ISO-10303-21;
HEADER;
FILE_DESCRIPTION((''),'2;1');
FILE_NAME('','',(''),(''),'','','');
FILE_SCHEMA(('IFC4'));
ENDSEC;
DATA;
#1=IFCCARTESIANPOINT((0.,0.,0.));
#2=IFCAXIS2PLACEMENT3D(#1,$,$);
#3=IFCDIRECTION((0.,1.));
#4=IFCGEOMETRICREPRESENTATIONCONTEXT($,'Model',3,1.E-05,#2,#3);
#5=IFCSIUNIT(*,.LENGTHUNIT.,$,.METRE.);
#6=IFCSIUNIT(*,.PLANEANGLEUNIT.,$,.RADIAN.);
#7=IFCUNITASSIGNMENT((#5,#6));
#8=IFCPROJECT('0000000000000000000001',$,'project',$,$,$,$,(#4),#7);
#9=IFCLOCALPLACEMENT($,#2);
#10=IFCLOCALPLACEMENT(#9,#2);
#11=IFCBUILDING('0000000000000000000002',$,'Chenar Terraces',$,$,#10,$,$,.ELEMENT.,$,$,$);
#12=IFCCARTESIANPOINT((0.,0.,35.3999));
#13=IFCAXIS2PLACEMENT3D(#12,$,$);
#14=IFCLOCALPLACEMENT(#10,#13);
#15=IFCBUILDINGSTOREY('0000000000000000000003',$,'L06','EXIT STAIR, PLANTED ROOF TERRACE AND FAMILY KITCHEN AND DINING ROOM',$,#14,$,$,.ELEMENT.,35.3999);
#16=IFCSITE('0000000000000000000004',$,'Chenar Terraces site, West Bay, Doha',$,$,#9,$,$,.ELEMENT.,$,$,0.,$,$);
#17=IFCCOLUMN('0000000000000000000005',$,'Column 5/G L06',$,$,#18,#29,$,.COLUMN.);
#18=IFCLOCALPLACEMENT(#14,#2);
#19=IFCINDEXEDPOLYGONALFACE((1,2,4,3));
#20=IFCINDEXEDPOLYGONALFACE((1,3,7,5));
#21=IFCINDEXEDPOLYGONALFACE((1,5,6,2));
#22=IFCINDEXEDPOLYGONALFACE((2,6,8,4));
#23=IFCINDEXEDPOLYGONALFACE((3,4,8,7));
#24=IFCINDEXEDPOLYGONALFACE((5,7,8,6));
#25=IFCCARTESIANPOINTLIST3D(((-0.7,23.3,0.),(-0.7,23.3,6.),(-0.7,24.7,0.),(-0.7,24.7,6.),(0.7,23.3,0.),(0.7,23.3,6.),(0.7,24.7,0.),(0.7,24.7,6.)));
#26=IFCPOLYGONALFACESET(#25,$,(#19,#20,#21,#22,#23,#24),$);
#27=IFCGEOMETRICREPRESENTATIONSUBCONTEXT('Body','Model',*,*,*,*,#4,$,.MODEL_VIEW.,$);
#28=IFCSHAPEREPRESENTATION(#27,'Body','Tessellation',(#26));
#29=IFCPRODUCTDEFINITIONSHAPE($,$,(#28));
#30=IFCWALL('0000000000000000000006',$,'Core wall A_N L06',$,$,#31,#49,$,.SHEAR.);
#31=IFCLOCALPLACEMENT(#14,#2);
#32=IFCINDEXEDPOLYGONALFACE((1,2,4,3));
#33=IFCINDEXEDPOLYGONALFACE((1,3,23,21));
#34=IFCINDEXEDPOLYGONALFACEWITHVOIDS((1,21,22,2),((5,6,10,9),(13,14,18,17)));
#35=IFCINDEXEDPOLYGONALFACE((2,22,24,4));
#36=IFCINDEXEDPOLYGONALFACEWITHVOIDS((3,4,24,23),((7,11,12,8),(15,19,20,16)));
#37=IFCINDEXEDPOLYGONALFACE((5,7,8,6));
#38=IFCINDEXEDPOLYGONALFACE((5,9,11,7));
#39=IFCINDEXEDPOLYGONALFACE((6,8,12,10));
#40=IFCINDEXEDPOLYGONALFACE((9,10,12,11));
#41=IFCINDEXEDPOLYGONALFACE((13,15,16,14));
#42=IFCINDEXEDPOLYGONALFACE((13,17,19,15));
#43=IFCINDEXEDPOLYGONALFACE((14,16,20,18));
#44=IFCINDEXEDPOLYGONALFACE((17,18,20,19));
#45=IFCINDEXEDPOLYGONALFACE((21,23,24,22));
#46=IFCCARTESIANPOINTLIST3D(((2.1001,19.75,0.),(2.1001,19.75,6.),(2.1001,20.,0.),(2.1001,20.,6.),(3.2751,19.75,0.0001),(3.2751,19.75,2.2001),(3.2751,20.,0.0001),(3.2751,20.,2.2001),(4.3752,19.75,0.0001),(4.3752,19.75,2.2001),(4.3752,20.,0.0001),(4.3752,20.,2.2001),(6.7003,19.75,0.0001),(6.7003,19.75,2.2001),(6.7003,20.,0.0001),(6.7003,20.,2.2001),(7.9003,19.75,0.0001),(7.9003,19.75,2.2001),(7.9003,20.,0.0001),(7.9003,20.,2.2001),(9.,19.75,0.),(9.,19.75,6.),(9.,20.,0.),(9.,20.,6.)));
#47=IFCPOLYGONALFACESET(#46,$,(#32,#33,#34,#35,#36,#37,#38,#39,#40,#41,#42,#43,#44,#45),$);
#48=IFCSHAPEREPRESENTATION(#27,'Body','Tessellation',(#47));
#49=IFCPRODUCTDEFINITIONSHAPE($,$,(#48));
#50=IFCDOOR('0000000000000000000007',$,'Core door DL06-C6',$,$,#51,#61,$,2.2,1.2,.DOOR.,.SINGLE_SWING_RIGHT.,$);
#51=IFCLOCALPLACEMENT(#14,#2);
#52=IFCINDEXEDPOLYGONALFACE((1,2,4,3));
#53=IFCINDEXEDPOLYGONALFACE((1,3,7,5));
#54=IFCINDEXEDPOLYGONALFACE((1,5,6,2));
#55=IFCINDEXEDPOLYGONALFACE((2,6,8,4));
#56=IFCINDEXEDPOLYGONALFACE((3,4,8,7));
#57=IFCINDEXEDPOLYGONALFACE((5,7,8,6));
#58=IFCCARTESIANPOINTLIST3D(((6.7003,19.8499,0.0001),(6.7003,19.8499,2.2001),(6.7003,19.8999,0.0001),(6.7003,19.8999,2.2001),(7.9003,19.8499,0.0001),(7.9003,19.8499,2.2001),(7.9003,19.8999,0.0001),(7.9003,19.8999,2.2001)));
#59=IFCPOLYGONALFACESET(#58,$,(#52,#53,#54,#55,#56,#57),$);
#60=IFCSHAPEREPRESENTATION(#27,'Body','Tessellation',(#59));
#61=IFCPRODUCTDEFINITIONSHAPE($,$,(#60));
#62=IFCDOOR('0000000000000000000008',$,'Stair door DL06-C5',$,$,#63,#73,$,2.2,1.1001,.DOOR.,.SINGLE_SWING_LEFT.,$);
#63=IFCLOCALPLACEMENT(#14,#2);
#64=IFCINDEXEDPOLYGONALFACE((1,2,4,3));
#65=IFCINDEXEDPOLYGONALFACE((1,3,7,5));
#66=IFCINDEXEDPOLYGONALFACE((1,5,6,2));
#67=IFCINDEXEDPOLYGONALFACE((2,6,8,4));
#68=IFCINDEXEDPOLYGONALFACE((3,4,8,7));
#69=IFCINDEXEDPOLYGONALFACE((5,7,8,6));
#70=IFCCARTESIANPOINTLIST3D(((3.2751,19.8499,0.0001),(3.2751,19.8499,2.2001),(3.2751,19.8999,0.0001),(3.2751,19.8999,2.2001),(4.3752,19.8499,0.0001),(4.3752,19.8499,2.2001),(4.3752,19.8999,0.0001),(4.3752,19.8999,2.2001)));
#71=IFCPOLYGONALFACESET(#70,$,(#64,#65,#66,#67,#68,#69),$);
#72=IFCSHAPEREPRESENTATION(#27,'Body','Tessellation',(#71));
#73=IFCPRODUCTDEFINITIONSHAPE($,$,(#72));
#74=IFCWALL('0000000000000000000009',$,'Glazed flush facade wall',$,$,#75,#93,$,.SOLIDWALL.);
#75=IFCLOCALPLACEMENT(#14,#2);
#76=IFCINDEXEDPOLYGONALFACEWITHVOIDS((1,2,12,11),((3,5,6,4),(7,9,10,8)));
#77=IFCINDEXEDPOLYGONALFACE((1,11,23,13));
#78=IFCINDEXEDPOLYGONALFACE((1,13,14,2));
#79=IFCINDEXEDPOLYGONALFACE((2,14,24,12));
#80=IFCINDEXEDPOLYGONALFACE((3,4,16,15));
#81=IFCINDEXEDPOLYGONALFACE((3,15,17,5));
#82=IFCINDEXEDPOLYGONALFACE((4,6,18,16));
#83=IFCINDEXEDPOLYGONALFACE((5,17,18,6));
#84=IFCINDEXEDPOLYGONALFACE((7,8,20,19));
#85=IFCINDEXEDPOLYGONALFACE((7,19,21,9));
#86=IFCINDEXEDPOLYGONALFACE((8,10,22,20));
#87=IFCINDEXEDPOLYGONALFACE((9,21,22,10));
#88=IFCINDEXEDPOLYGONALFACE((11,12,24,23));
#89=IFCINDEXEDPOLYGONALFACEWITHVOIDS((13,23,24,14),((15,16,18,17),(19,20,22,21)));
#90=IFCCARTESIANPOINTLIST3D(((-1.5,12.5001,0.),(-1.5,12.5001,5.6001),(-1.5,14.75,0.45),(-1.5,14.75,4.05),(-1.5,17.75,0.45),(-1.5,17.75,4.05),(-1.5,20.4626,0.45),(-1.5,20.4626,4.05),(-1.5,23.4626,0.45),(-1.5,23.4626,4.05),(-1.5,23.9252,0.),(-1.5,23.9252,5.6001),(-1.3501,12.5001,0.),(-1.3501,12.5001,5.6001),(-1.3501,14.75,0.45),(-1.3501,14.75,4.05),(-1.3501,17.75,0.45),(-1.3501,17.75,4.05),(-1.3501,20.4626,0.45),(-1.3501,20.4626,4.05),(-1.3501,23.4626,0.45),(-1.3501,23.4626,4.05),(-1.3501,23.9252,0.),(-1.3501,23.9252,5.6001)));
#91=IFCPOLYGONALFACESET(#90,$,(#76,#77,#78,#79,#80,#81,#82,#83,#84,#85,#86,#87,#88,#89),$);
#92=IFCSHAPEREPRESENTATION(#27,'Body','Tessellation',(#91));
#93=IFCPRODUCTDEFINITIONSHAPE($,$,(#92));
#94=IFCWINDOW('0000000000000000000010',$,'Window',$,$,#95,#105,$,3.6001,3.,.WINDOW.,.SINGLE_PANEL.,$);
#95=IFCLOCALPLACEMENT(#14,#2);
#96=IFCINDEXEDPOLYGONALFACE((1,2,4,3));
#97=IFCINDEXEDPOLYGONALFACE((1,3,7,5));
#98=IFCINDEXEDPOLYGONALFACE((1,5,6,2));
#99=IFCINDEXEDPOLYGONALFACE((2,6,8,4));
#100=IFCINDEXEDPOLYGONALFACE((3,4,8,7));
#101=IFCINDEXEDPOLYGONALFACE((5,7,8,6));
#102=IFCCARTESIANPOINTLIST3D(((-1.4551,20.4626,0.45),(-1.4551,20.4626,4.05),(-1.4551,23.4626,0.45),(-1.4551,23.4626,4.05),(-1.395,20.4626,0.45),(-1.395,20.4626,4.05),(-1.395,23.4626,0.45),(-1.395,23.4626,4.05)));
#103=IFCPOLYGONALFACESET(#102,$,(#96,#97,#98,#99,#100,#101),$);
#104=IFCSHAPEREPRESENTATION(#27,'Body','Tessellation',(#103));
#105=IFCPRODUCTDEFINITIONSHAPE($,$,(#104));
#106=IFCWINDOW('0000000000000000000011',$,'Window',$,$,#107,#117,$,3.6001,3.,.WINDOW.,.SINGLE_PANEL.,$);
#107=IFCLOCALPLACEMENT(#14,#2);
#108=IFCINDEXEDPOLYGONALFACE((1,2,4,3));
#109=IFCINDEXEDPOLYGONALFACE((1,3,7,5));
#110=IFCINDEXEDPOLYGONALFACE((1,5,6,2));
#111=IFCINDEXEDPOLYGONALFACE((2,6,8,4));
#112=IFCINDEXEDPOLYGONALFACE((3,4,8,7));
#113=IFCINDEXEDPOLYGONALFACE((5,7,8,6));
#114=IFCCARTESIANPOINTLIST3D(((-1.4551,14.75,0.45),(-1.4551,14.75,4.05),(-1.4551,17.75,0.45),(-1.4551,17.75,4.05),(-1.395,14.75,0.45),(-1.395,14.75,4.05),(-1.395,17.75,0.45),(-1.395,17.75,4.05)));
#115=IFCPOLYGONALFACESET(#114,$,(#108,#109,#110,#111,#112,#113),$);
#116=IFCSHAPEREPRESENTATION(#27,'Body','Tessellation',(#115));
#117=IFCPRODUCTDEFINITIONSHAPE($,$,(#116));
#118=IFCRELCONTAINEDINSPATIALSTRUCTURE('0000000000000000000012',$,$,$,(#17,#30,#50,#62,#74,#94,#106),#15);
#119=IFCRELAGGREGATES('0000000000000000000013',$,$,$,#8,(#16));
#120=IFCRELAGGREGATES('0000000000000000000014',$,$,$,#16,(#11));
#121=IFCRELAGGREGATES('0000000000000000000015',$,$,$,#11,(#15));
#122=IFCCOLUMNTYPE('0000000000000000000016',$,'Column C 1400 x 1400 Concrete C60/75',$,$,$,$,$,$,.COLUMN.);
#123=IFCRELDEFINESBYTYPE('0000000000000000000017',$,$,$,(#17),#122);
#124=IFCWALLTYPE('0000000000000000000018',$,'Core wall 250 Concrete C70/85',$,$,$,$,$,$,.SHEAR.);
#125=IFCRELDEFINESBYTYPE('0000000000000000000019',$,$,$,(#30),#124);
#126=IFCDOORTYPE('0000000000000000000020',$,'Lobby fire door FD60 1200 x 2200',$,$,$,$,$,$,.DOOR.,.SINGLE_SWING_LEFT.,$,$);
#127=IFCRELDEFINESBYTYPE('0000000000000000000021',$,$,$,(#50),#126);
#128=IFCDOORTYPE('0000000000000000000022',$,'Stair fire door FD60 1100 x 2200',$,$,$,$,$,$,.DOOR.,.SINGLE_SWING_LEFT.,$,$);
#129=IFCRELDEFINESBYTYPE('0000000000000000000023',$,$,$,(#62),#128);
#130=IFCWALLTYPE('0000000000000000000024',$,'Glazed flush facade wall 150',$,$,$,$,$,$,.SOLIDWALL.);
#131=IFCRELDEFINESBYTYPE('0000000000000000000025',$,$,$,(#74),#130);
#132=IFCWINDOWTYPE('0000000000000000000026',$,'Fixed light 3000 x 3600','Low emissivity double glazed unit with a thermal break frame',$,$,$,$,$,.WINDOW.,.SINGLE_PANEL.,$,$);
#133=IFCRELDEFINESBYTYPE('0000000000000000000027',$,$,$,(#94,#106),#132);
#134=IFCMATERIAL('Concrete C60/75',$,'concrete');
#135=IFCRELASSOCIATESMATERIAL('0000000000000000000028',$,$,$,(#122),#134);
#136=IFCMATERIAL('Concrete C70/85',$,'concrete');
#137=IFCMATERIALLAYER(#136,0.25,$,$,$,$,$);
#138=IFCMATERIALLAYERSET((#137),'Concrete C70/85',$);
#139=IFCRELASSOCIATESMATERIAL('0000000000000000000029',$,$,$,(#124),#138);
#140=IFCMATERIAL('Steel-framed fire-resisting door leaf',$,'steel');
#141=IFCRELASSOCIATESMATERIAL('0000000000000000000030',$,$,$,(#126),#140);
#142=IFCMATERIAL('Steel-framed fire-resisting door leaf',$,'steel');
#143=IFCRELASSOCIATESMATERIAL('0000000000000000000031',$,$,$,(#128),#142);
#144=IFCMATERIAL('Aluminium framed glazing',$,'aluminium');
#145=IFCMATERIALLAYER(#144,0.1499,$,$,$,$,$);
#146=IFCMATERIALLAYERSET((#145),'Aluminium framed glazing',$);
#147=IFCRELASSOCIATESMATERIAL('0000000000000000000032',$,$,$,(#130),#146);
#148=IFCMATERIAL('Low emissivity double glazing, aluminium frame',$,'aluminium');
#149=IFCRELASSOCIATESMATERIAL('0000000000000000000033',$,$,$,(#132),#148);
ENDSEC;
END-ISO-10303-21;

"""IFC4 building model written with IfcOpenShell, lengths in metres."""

from ifc_helpers import new_model, si_unit, direction, frame, frame_2d, origin, origin_2d, place, context, subcontext, project, spatial, rectangle, extrude, material, layer, layer_set, material_profile, profile_set, type_object, element, fill, save


model = new_model("IFC4")

# Units and contexts
model_context = context("Model", 3, precision=1e-05, world=origin(), true_north=direction((0.0, 1.0)))
body_context = subcontext(model_context, "Body", "Model", "MODEL_VIEW")
ifc_project = project(units=[si_unit("LENGTHUNIT", "METRE"), si_unit("PLANEANGLEUNIT", "RADIAN")], contexts=[model_context])

# Site, building, storey
site_placement = place(None, origin())
site = spatial("IfcSite", under=ifc_project, at=site_placement, Name="Chenar Terraces site, West Bay, Doha", CompositionType="ELEMENT", RefElevation=0.0)
building_placement = place(site_placement, origin())
building = spatial("IfcBuilding", under=site, at=building_placement, Name="Chenar Terraces", CompositionType="ELEMENT")
storey_placement = place(building_placement, frame((0.0, 0.0, 35.3999)))
storey = spatial("IfcBuildingStorey", under=building, at=storey_placement, Name="L06", Description="EXIT STAIR, PLANTED ROOF TERRACE AND FAMILY KITCHEN AND DINING ROOM", CompositionType="ELEMENT", Elevation=35.3999)

# Column
ifc_material_1 = material(Name="Concrete C60/75", Category="concrete")
ifc_material_profile_1 = material_profile(ifc_material_1, rectangle(XDim=1.3999, YDim=1.3999, at=origin_2d()), Name="C 1400 x 1400")
ifc_profile_set_1 = profile_set([ifc_material_profile_1], Name="Concrete C60/75")
column_type = type_object("IfcColumnType", Name="Column C 1400 x 1400 Concrete C60/75", PredefinedType="COLUMN", material=ifc_profile_set_1)
placement = place(storey_placement, frame((0.0, 24.0, 0.0), z_axis=(0.0, 0.0, 1.0), x_axis=(1.0, 0.0, 0.0)))
element("IfcColumn", 1, at=placement, inside=storey, type_object=column_type, Name="Column 5/G L06", PredefinedType="COLUMN", context=body_context, shape_type="SweptSolid", body=[
    extrude(rectangle(XDim=1.3999, YDim=1.3999, at=origin_2d()), origin(), (0.0, 0.0, 1.0), 6.0),
])

# Wall, openings, doors
ifc_material_2 = material(Name="Concrete C70/85", Category="concrete")
ifc_layer_1 = layer(ifc_material_2, 0.25)
ifc_layer_set_1 = layer_set([ifc_layer_1], Name="Concrete C70/85")
wall_type_1 = type_object("IfcWallType", Name="Core wall 250 Concrete C70/85", PredefinedType="SHEAR", material=ifc_layer_set_1)
wall_1_placement = place(storey_placement, frame((2.1001, 19.875, 0.0), z_axis=(0.0, 0.0, 1.0), x_axis=(1.0, 0.0, 0.0)))
wall_1 = element("IfcWall", 2, at=wall_1_placement, inside=storey, type_object=wall_type_1, Name="Core wall A_N L06", PredefinedType="SHEAR", context=body_context, shape_type="SweptSolid", body=[
    extrude(rectangle(XDim=6.8999, YDim=0.25, at=frame_2d((3.45, 0.0))), origin(), (0.0, 0.0, 1.0), 6.0),
])
opening_1_placement = place(wall_1_placement, frame((1.175, 0.0, 0.0)))
opening_1 = element("IfcOpeningElement", 3, at=opening_1_placement, cuts=wall_1, PredefinedType="OPENING", context=body_context, shape_type="SweptSolid", body=[
    extrude(rectangle(XDim=1.1001, YDim=2.2, at=frame_2d((0.55, 1.1001))), frame((0.0, 0.135, 0.0), z_axis=(0.0, -1.0, 0.0), x_axis=(1.0, 0.0, 0.0)), (0.0, 0.0, 1.0), 0.27),
])
opening_2_placement = place(wall_1_placement, frame((4.6001, 0.0, 0.0)))
opening_2 = element("IfcOpeningElement", 4, at=opening_2_placement, cuts=wall_1, PredefinedType="OPENING", context=body_context, shape_type="SweptSolid", body=[
    extrude(rectangle(XDim=1.2, YDim=2.2, at=frame_2d((0.6001, 1.1001))), frame((0.0, 0.135, 0.0), z_axis=(0.0, -1.0, 0.0), x_axis=(1.0, 0.0, 0.0)), (0.0, 0.0, 1.0), 0.27),
])
ifc_material_3 = material(Name="Steel-framed fire-resisting door leaf", Category="steel")
door_type_1 = type_object("IfcDoorType", Name="Lobby fire door FD60 1200 x 2200", OperationType="SINGLE_SWING_LEFT", PredefinedType="DOOR", material=ifc_material_3)
door_1_placement = place(opening_2_placement, origin())
door_1 = element("IfcDoor", 5, at=door_1_placement, inside=storey, type_object=door_type_1, Name="Core door DL06-C6", OperationType="SINGLE_SWING_RIGHT", OverallHeight=2.2, OverallWidth=1.2, PredefinedType="DOOR", context=body_context, shape_type="SweptSolid", body=[
    extrude(rectangle(XDim=1.2, YDim=2.2, at=frame_2d((0.6001, 1.1001))), frame((0.0, 0.0249, 0.0), z_axis=(0.0, -1.0, 0.0), x_axis=(1.0, 0.0, 0.0)), (0.0, 0.0, 1.0), 0.05),
])
fill(opening_2, door_1)
ifc_material_4 = material(Name="Steel-framed fire-resisting door leaf", Category="steel")
door_type_2 = type_object("IfcDoorType", Name="Stair fire door FD60 1100 x 2200", OperationType="SINGLE_SWING_LEFT", PredefinedType="DOOR", material=ifc_material_4)
door_2_placement = place(opening_1_placement, origin())
door_2 = element("IfcDoor", 6, at=door_2_placement, inside=storey, type_object=door_type_2, Name="Stair door DL06-C5", OperationType="SINGLE_SWING_LEFT", OverallHeight=2.2, OverallWidth=1.1001, PredefinedType="DOOR", context=body_context, shape_type="SweptSolid", body=[
    extrude(rectangle(XDim=1.1001, YDim=2.2, at=frame_2d((0.55, 1.1001))), frame((0.0, 0.0249, 0.0), z_axis=(0.0, -1.0, 0.0), x_axis=(1.0, 0.0, 0.0)), (0.0, 0.0, 1.0), 0.05),
])
fill(opening_1, door_2)

# Wall, openings, windows
ifc_material_5 = material(Name="Aluminium framed glazing", Category="aluminium")
ifc_layer_2 = layer(ifc_material_5, 0.1499)
ifc_layer_set_2 = layer_set([ifc_layer_2], Name="Aluminium framed glazing")
wall_type_2 = type_object("IfcWallType", Name="Glazed flush facade wall 150", PredefinedType="SOLIDWALL", material=ifc_layer_set_2)
wall_2_placement = place(storey_placement, frame((-1.425, 23.925, 0.0), z_axis=(0.0, 0.0, 1.0), x_axis=(0.0, -1.0, 0.0)))
wall_2 = element("IfcWall", 7, at=wall_2_placement, inside=storey, type_object=wall_type_2, Name="Glazed flush facade wall", PredefinedType="SOLIDWALL", context=body_context, shape_type="SweptSolid", body=[
    extrude(rectangle(XDim=11.425, YDim=0.1499, at=frame_2d((5.7124, 0.0))), origin(), (0.0, 0.0, 1.0), 5.6001),
])
opening_3_placement = place(wall_2_placement, frame((0.4624, 0.0, 0.45)))
opening_3 = element("IfcOpeningElement", 8, at=opening_3_placement, cuts=wall_2, PredefinedType="OPENING", context=body_context, shape_type="SweptSolid", body=[
    extrude(rectangle(XDim=3.0, YDim=3.6001, at=frame_2d((1.5, 1.8))), frame((0.0, 0.085, 0.0), z_axis=(0.0, -1.0, 0.0), x_axis=(1.0, 0.0, 0.0)), (0.0, 0.0, 1.0), 0.1699),
])
opening_4_placement = place(wall_2_placement, frame((6.175, 0.0, 0.45)))
opening_4 = element("IfcOpeningElement", 9, at=opening_4_placement, cuts=wall_2, PredefinedType="OPENING", context=body_context, shape_type="SweptSolid", body=[
    extrude(rectangle(XDim=3.0, YDim=3.6001, at=frame_2d((1.5, 1.8))), frame((0.0, 0.085, 0.0), z_axis=(0.0, -1.0, 0.0), x_axis=(1.0, 0.0, 0.0)), (0.0, 0.0, 1.0), 0.1699),
])
ifc_material_6 = material(Name="Low emissivity double glazing, aluminium frame", Category="aluminium")
window_type_1 = type_object("IfcWindowType", Name="Fixed light 3000 x 3600", Description="Low emissivity double glazed unit with a thermal break frame", PartitioningType="SINGLE_PANEL", PredefinedType="WINDOW", material=ifc_material_6)
window_1_placement = place(opening_3_placement, origin())
window_1 = element("IfcWindow", 10, at=window_1_placement, inside=storey, type_object=window_type_1, Name="Window", OverallHeight=3.6001, OverallWidth=3.0, PartitioningType="SINGLE_PANEL", PredefinedType="WINDOW", context=body_context, shape_type="SweptSolid", body=[
    extrude(rectangle(XDim=3.0, YDim=3.6001, at=frame_2d((1.5, 1.8))), frame((0.0, 0.03, 0.0), z_axis=(0.0, -1.0, 0.0), x_axis=(1.0, 0.0, 0.0)), (0.0, 0.0, 1.0), 0.0601),
])
fill(opening_3, window_1)
window_2_placement = place(opening_4_placement, origin())
window_2 = element("IfcWindow", 11, at=window_2_placement, inside=storey, type_object=window_type_1, Name="Window", OverallHeight=3.6001, OverallWidth=3.0, PartitioningType="SINGLE_PANEL", PredefinedType="WINDOW", context=body_context, shape_type="SweptSolid", body=[
    extrude(rectangle(XDim=3.0, YDim=3.6001, at=frame_2d((1.5, 1.8))), frame((0.0, 0.03, 0.0), z_axis=(0.0, -1.0, 0.0), x_axis=(1.0, 0.0, 0.0)), (0.0, 0.0, 1.0), 0.0601),
])
fill(opening_4, window_2)

save(model, "model.ifc")
